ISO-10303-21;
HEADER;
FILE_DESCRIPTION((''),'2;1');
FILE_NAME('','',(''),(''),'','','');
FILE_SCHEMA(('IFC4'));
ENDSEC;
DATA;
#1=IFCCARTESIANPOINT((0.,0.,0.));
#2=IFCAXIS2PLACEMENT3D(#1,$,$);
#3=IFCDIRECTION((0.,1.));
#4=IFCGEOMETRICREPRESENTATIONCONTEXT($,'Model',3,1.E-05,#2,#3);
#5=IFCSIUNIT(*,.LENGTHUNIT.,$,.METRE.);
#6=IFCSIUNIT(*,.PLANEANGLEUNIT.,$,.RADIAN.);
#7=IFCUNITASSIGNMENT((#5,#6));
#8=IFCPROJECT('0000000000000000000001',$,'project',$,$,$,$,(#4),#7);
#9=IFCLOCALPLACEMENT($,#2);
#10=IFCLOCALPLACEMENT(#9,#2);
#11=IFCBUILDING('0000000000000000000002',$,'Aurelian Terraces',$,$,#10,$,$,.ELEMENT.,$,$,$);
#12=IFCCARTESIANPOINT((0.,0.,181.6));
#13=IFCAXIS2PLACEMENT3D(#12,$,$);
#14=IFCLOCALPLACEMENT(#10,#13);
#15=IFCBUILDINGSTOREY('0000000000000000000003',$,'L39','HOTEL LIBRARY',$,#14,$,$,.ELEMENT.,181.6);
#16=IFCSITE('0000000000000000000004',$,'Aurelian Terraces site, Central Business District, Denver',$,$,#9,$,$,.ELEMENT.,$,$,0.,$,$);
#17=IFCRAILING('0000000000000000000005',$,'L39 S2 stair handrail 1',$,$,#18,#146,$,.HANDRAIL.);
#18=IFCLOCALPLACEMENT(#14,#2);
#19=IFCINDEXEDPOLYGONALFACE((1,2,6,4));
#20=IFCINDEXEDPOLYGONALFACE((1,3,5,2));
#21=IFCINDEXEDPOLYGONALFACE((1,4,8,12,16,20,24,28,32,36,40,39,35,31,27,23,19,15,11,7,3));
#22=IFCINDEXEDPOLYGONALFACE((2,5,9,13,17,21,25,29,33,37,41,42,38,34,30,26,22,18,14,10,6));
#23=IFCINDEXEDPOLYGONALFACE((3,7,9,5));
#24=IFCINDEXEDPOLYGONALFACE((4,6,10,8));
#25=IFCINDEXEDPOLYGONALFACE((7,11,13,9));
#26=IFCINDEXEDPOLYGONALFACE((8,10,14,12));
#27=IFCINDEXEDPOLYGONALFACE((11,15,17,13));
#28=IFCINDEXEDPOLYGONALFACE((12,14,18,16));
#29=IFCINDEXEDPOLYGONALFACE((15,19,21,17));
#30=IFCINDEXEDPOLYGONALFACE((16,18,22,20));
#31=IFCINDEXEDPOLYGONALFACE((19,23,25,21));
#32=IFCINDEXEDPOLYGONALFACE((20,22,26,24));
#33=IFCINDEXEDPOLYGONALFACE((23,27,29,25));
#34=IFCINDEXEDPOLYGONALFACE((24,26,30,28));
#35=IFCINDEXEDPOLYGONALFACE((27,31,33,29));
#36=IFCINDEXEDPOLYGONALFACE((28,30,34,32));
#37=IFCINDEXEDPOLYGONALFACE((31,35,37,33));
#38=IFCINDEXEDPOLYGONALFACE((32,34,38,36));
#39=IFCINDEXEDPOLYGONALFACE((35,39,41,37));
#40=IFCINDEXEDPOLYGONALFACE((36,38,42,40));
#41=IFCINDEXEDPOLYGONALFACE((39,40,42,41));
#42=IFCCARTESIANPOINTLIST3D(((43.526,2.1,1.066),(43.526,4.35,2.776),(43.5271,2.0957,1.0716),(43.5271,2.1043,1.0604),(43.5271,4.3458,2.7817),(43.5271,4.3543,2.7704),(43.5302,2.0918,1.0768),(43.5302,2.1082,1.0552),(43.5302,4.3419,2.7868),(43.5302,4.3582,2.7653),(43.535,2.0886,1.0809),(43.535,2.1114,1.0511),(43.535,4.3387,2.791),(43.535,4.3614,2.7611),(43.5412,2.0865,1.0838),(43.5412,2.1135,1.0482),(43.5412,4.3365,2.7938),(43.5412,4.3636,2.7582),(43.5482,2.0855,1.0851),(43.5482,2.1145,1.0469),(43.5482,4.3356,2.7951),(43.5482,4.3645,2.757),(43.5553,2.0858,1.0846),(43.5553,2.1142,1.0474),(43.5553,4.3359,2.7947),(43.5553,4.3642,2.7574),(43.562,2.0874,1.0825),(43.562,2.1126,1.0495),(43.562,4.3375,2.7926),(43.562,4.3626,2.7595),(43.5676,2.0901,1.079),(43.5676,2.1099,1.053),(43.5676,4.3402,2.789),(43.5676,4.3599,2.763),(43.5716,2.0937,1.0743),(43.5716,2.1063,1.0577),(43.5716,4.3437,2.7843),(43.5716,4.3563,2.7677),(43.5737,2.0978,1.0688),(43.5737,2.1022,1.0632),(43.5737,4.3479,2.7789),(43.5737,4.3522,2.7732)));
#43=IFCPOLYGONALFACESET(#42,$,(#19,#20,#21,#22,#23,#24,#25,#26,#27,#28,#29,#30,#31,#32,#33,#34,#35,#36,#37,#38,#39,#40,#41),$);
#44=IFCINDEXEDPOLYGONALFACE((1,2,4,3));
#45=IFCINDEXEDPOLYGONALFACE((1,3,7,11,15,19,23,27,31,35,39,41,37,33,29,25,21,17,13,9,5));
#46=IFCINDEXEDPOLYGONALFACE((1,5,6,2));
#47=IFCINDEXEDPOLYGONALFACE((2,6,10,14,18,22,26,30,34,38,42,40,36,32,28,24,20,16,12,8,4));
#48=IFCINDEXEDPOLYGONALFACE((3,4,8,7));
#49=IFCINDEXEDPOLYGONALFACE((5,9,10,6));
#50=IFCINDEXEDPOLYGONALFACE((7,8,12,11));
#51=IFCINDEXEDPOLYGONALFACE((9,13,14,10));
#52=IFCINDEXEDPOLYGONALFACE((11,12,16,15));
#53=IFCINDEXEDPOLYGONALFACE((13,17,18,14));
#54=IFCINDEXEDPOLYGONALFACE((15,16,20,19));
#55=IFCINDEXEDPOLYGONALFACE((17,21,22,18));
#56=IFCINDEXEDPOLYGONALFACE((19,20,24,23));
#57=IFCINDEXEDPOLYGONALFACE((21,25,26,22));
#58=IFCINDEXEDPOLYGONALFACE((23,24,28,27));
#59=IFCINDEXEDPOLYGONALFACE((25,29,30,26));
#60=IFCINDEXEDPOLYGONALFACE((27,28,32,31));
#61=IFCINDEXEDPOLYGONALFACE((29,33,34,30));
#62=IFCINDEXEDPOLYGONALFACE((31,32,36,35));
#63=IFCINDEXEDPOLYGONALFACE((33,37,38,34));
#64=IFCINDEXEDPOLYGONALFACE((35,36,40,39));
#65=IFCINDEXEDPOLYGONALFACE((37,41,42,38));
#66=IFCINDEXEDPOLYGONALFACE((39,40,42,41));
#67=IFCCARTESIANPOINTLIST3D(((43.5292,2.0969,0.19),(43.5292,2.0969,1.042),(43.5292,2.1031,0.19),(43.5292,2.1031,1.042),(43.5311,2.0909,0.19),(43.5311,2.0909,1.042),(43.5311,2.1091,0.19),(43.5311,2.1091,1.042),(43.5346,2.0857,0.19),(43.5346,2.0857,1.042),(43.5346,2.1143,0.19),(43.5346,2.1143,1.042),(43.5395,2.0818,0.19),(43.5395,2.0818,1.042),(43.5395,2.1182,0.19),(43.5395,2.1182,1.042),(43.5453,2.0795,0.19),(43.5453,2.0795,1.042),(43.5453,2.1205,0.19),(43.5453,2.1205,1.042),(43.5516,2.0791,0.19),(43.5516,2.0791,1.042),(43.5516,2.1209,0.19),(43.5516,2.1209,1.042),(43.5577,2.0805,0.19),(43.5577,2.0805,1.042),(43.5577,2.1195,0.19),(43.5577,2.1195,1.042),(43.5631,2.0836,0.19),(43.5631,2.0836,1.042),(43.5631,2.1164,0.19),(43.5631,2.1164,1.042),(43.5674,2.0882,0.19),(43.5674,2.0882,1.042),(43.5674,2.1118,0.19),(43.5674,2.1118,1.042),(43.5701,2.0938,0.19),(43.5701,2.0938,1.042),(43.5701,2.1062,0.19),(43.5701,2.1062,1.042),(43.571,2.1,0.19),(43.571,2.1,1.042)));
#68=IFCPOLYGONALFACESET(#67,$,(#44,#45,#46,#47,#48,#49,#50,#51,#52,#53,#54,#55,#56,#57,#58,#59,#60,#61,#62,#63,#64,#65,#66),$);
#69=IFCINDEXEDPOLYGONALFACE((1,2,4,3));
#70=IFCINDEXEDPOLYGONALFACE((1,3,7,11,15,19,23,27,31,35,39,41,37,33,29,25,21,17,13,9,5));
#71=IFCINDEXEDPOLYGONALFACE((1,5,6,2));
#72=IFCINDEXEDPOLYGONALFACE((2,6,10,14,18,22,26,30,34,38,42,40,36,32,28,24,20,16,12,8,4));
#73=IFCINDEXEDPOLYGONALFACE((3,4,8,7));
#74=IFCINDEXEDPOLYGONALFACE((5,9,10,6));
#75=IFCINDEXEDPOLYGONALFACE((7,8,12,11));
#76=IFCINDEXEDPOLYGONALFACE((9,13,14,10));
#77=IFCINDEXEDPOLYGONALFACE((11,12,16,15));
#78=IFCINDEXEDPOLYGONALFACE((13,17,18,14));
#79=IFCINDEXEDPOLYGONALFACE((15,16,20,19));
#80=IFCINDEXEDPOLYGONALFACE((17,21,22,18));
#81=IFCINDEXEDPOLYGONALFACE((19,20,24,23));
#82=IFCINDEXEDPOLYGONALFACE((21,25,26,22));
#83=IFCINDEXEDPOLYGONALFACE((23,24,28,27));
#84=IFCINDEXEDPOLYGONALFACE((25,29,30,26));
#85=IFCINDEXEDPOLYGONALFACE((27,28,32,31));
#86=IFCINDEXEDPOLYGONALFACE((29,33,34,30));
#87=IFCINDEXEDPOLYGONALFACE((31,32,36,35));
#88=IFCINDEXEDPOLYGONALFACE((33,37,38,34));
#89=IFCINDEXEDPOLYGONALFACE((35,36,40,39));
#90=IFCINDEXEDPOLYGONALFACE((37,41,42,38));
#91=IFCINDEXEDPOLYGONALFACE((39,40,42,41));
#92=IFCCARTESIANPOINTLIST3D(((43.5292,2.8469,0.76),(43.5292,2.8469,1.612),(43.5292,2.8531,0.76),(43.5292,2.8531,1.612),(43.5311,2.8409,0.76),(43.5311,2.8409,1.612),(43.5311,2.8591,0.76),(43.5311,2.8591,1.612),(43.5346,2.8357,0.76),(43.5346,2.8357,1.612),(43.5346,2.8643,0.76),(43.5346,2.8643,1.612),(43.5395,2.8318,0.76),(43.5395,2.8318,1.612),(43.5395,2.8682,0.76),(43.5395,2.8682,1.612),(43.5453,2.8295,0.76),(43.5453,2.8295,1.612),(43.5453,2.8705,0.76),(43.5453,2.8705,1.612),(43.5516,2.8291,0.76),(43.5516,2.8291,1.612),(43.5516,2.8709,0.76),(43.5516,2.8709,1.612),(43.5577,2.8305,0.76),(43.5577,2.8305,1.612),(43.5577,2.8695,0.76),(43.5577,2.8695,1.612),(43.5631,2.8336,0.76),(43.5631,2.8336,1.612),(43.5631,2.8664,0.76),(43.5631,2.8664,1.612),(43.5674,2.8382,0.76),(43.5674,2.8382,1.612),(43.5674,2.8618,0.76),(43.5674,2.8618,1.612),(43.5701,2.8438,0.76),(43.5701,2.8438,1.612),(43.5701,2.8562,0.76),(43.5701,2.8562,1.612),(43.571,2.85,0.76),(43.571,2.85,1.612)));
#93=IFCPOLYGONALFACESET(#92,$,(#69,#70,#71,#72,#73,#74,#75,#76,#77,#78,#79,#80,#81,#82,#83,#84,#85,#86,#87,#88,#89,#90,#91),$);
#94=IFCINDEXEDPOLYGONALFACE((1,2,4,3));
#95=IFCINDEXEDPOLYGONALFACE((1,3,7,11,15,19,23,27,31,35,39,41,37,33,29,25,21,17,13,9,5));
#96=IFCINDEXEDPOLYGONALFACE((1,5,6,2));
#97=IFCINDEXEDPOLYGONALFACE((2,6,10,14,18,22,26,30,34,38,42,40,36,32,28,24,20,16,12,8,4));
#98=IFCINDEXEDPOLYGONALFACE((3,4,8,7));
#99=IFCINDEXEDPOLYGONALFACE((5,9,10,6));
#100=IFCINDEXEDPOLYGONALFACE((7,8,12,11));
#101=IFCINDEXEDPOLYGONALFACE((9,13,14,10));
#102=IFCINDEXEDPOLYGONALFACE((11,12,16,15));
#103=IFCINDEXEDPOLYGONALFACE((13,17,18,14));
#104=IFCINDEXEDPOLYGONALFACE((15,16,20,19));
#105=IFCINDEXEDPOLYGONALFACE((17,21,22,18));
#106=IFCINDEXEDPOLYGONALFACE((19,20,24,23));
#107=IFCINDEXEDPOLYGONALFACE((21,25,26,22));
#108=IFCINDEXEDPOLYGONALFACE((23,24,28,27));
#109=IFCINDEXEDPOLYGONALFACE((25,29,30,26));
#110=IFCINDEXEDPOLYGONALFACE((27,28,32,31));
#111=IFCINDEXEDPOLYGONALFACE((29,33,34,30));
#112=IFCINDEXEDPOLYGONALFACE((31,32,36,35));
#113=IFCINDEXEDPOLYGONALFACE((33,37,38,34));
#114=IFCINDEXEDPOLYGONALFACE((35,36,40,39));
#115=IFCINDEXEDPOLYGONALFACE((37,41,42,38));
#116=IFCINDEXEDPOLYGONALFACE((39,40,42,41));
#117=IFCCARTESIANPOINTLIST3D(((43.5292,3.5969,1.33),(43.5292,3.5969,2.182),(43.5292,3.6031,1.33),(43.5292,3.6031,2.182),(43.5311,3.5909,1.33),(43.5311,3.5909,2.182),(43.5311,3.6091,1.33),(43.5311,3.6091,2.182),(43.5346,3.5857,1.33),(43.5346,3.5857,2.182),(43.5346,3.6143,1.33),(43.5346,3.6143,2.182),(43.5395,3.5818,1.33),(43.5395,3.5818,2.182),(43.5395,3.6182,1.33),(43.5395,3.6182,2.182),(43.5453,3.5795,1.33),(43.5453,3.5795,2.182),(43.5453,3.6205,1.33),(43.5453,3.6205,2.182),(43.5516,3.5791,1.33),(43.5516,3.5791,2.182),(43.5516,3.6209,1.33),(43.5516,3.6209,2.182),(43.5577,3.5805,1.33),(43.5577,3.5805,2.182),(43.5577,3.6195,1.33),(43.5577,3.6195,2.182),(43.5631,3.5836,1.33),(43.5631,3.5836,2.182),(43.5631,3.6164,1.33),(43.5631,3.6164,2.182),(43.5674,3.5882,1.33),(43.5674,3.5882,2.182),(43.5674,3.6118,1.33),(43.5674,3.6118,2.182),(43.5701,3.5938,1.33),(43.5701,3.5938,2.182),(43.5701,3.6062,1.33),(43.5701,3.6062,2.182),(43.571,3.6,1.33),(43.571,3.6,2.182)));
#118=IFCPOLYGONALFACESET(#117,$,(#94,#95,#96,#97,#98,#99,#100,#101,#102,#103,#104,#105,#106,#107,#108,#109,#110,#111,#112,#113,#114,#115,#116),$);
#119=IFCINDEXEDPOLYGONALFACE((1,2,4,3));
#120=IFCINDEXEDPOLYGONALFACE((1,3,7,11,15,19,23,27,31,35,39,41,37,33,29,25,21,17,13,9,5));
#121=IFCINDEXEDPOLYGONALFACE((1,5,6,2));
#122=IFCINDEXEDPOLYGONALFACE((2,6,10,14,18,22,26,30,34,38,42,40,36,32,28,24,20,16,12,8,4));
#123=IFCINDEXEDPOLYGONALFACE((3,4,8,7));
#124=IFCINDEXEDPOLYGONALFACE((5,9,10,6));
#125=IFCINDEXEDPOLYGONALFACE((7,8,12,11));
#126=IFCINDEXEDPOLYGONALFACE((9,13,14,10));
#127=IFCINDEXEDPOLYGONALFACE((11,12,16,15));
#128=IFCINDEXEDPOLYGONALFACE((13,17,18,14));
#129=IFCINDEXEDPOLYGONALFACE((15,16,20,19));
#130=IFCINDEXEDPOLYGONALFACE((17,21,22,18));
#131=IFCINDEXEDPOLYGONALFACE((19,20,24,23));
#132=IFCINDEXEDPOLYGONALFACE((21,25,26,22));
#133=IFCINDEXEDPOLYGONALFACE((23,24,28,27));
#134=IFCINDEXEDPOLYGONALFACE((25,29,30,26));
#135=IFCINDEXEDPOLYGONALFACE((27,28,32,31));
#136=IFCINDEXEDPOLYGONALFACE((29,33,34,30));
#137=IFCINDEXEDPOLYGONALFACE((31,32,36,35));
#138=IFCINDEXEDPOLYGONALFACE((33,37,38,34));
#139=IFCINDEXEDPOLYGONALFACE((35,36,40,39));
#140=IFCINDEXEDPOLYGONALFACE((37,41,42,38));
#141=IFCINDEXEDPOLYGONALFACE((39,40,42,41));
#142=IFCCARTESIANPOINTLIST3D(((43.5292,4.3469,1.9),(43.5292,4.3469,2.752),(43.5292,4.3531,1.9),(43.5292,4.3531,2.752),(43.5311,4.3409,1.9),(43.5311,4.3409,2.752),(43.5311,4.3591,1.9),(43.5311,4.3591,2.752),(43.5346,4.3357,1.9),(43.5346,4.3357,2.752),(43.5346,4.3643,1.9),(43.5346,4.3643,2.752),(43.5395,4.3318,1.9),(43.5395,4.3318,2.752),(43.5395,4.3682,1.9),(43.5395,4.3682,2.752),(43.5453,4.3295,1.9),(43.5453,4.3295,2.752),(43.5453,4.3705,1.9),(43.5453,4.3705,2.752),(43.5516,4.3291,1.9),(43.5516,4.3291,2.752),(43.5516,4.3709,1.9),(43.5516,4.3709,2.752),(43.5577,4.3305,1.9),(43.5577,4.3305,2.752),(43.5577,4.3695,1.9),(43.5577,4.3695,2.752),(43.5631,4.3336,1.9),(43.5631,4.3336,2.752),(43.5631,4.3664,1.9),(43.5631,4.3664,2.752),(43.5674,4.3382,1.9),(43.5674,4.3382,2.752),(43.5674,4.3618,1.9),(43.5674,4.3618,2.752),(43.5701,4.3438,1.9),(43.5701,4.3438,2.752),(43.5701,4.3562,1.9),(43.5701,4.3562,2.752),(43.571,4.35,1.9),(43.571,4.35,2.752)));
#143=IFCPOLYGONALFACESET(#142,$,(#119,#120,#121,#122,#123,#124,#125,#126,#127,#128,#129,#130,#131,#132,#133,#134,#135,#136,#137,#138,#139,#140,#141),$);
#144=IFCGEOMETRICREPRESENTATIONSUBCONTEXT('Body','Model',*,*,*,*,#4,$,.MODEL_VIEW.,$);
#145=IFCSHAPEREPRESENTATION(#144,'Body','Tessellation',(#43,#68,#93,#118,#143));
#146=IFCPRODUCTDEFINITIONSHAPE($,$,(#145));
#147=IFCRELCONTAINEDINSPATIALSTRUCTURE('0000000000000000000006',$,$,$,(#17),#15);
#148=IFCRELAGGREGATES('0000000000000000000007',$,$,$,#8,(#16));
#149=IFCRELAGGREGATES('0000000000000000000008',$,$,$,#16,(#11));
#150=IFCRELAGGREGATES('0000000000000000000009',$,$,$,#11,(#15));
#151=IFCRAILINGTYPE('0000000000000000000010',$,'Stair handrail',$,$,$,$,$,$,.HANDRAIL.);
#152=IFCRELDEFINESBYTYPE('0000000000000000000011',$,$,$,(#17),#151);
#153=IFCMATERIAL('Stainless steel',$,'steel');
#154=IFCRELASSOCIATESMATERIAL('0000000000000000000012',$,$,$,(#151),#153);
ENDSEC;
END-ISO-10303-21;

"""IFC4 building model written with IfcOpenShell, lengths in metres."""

from ifc_helpers import new_model, si_unit, direction, frame, origin, origin_2d, place, context, subcontext, project, spatial, circle, extrude, source, transform, mapped, material, type_object, element, save


model = new_model("IFC4")

# Units and contexts
model_context = context("Model", 3, precision=1e-05, world=origin(), true_north=direction((0.0, 1.0)))
body_context = subcontext(model_context, "Body", "Model", "MODEL_VIEW")
ifc_project = project(units=[si_unit("LENGTHUNIT", "METRE"), si_unit("PLANEANGLEUNIT", "RADIAN")], contexts=[model_context])

# Site, building, storey
site_placement = place(None, origin())
site = spatial("IfcSite", under=ifc_project, at=site_placement, Name="Aurelian Terraces site, Central Business District, Denver", CompositionType="ELEMENT", RefElevation=0.0)
building_placement = place(site_placement, origin())
building = spatial("IfcBuilding", under=site, at=building_placement, Name="Aurelian Terraces", CompositionType="ELEMENT")
storey_placement = place(building_placement, frame((0.0, 0.0, 181.6)))
storey = spatial("IfcBuildingStorey", under=building, at=storey_placement, Name="L39", Description="HOTEL LIBRARY", CompositionType="ELEMENT", Elevation=181.6)

# Railing
ifc_material_1 = material(Name="Stainless steel", Category="steel")
railing_type_1 = type_object("IfcRailingType", Name="Stair handrail", PredefinedType="HANDRAIL", material=ifc_material_1)
shared_shape_1 = source(origin(), body_context, "Body", "SweptSolid", [
    extrude(circle(Radius=0.024, at=origin_2d()), frame((0.0, 0.0, 0.876), z_axis=(0.0, 0.796162, 0.605083), x_axis=(-1.0, 0.0, 0.0)), (0.0, 0.0, 1.0), 2.8261),
    extrude(circle(Radius=0.021, at=origin_2d()), origin(), (0.0, 0.0, 1.0), 0.852),
    extrude(circle(Radius=0.021, at=origin_2d()), frame((0.0, 0.75, 0.57)), (0.0, 0.0, 1.0), 0.852),
    extrude(circle(Radius=0.021, at=origin_2d()), frame((0.0, 1.5, 1.14)), (0.0, 0.0, 1.0), 0.852),
    extrude(circle(Radius=0.021, at=origin_2d()), frame((0.0, 2.25, 1.71)), (0.0, 0.0, 1.0), 0.852),
])
railing_1_placement = place(storey_placement, frame((43.55, 2.1, 0.19)))
element("IfcRailing", 1, at=railing_1_placement, inside=storey, type_object=railing_type_1, Name="L39 S2 stair handrail 1", PredefinedType="HANDRAIL", context=body_context, shape_type="MappedRepresentation", body=[
    mapped(shared_shape_1, transform((0.0, 0.0, 0.0), scale=1.0)),
])

save(model, "model.ifc")
